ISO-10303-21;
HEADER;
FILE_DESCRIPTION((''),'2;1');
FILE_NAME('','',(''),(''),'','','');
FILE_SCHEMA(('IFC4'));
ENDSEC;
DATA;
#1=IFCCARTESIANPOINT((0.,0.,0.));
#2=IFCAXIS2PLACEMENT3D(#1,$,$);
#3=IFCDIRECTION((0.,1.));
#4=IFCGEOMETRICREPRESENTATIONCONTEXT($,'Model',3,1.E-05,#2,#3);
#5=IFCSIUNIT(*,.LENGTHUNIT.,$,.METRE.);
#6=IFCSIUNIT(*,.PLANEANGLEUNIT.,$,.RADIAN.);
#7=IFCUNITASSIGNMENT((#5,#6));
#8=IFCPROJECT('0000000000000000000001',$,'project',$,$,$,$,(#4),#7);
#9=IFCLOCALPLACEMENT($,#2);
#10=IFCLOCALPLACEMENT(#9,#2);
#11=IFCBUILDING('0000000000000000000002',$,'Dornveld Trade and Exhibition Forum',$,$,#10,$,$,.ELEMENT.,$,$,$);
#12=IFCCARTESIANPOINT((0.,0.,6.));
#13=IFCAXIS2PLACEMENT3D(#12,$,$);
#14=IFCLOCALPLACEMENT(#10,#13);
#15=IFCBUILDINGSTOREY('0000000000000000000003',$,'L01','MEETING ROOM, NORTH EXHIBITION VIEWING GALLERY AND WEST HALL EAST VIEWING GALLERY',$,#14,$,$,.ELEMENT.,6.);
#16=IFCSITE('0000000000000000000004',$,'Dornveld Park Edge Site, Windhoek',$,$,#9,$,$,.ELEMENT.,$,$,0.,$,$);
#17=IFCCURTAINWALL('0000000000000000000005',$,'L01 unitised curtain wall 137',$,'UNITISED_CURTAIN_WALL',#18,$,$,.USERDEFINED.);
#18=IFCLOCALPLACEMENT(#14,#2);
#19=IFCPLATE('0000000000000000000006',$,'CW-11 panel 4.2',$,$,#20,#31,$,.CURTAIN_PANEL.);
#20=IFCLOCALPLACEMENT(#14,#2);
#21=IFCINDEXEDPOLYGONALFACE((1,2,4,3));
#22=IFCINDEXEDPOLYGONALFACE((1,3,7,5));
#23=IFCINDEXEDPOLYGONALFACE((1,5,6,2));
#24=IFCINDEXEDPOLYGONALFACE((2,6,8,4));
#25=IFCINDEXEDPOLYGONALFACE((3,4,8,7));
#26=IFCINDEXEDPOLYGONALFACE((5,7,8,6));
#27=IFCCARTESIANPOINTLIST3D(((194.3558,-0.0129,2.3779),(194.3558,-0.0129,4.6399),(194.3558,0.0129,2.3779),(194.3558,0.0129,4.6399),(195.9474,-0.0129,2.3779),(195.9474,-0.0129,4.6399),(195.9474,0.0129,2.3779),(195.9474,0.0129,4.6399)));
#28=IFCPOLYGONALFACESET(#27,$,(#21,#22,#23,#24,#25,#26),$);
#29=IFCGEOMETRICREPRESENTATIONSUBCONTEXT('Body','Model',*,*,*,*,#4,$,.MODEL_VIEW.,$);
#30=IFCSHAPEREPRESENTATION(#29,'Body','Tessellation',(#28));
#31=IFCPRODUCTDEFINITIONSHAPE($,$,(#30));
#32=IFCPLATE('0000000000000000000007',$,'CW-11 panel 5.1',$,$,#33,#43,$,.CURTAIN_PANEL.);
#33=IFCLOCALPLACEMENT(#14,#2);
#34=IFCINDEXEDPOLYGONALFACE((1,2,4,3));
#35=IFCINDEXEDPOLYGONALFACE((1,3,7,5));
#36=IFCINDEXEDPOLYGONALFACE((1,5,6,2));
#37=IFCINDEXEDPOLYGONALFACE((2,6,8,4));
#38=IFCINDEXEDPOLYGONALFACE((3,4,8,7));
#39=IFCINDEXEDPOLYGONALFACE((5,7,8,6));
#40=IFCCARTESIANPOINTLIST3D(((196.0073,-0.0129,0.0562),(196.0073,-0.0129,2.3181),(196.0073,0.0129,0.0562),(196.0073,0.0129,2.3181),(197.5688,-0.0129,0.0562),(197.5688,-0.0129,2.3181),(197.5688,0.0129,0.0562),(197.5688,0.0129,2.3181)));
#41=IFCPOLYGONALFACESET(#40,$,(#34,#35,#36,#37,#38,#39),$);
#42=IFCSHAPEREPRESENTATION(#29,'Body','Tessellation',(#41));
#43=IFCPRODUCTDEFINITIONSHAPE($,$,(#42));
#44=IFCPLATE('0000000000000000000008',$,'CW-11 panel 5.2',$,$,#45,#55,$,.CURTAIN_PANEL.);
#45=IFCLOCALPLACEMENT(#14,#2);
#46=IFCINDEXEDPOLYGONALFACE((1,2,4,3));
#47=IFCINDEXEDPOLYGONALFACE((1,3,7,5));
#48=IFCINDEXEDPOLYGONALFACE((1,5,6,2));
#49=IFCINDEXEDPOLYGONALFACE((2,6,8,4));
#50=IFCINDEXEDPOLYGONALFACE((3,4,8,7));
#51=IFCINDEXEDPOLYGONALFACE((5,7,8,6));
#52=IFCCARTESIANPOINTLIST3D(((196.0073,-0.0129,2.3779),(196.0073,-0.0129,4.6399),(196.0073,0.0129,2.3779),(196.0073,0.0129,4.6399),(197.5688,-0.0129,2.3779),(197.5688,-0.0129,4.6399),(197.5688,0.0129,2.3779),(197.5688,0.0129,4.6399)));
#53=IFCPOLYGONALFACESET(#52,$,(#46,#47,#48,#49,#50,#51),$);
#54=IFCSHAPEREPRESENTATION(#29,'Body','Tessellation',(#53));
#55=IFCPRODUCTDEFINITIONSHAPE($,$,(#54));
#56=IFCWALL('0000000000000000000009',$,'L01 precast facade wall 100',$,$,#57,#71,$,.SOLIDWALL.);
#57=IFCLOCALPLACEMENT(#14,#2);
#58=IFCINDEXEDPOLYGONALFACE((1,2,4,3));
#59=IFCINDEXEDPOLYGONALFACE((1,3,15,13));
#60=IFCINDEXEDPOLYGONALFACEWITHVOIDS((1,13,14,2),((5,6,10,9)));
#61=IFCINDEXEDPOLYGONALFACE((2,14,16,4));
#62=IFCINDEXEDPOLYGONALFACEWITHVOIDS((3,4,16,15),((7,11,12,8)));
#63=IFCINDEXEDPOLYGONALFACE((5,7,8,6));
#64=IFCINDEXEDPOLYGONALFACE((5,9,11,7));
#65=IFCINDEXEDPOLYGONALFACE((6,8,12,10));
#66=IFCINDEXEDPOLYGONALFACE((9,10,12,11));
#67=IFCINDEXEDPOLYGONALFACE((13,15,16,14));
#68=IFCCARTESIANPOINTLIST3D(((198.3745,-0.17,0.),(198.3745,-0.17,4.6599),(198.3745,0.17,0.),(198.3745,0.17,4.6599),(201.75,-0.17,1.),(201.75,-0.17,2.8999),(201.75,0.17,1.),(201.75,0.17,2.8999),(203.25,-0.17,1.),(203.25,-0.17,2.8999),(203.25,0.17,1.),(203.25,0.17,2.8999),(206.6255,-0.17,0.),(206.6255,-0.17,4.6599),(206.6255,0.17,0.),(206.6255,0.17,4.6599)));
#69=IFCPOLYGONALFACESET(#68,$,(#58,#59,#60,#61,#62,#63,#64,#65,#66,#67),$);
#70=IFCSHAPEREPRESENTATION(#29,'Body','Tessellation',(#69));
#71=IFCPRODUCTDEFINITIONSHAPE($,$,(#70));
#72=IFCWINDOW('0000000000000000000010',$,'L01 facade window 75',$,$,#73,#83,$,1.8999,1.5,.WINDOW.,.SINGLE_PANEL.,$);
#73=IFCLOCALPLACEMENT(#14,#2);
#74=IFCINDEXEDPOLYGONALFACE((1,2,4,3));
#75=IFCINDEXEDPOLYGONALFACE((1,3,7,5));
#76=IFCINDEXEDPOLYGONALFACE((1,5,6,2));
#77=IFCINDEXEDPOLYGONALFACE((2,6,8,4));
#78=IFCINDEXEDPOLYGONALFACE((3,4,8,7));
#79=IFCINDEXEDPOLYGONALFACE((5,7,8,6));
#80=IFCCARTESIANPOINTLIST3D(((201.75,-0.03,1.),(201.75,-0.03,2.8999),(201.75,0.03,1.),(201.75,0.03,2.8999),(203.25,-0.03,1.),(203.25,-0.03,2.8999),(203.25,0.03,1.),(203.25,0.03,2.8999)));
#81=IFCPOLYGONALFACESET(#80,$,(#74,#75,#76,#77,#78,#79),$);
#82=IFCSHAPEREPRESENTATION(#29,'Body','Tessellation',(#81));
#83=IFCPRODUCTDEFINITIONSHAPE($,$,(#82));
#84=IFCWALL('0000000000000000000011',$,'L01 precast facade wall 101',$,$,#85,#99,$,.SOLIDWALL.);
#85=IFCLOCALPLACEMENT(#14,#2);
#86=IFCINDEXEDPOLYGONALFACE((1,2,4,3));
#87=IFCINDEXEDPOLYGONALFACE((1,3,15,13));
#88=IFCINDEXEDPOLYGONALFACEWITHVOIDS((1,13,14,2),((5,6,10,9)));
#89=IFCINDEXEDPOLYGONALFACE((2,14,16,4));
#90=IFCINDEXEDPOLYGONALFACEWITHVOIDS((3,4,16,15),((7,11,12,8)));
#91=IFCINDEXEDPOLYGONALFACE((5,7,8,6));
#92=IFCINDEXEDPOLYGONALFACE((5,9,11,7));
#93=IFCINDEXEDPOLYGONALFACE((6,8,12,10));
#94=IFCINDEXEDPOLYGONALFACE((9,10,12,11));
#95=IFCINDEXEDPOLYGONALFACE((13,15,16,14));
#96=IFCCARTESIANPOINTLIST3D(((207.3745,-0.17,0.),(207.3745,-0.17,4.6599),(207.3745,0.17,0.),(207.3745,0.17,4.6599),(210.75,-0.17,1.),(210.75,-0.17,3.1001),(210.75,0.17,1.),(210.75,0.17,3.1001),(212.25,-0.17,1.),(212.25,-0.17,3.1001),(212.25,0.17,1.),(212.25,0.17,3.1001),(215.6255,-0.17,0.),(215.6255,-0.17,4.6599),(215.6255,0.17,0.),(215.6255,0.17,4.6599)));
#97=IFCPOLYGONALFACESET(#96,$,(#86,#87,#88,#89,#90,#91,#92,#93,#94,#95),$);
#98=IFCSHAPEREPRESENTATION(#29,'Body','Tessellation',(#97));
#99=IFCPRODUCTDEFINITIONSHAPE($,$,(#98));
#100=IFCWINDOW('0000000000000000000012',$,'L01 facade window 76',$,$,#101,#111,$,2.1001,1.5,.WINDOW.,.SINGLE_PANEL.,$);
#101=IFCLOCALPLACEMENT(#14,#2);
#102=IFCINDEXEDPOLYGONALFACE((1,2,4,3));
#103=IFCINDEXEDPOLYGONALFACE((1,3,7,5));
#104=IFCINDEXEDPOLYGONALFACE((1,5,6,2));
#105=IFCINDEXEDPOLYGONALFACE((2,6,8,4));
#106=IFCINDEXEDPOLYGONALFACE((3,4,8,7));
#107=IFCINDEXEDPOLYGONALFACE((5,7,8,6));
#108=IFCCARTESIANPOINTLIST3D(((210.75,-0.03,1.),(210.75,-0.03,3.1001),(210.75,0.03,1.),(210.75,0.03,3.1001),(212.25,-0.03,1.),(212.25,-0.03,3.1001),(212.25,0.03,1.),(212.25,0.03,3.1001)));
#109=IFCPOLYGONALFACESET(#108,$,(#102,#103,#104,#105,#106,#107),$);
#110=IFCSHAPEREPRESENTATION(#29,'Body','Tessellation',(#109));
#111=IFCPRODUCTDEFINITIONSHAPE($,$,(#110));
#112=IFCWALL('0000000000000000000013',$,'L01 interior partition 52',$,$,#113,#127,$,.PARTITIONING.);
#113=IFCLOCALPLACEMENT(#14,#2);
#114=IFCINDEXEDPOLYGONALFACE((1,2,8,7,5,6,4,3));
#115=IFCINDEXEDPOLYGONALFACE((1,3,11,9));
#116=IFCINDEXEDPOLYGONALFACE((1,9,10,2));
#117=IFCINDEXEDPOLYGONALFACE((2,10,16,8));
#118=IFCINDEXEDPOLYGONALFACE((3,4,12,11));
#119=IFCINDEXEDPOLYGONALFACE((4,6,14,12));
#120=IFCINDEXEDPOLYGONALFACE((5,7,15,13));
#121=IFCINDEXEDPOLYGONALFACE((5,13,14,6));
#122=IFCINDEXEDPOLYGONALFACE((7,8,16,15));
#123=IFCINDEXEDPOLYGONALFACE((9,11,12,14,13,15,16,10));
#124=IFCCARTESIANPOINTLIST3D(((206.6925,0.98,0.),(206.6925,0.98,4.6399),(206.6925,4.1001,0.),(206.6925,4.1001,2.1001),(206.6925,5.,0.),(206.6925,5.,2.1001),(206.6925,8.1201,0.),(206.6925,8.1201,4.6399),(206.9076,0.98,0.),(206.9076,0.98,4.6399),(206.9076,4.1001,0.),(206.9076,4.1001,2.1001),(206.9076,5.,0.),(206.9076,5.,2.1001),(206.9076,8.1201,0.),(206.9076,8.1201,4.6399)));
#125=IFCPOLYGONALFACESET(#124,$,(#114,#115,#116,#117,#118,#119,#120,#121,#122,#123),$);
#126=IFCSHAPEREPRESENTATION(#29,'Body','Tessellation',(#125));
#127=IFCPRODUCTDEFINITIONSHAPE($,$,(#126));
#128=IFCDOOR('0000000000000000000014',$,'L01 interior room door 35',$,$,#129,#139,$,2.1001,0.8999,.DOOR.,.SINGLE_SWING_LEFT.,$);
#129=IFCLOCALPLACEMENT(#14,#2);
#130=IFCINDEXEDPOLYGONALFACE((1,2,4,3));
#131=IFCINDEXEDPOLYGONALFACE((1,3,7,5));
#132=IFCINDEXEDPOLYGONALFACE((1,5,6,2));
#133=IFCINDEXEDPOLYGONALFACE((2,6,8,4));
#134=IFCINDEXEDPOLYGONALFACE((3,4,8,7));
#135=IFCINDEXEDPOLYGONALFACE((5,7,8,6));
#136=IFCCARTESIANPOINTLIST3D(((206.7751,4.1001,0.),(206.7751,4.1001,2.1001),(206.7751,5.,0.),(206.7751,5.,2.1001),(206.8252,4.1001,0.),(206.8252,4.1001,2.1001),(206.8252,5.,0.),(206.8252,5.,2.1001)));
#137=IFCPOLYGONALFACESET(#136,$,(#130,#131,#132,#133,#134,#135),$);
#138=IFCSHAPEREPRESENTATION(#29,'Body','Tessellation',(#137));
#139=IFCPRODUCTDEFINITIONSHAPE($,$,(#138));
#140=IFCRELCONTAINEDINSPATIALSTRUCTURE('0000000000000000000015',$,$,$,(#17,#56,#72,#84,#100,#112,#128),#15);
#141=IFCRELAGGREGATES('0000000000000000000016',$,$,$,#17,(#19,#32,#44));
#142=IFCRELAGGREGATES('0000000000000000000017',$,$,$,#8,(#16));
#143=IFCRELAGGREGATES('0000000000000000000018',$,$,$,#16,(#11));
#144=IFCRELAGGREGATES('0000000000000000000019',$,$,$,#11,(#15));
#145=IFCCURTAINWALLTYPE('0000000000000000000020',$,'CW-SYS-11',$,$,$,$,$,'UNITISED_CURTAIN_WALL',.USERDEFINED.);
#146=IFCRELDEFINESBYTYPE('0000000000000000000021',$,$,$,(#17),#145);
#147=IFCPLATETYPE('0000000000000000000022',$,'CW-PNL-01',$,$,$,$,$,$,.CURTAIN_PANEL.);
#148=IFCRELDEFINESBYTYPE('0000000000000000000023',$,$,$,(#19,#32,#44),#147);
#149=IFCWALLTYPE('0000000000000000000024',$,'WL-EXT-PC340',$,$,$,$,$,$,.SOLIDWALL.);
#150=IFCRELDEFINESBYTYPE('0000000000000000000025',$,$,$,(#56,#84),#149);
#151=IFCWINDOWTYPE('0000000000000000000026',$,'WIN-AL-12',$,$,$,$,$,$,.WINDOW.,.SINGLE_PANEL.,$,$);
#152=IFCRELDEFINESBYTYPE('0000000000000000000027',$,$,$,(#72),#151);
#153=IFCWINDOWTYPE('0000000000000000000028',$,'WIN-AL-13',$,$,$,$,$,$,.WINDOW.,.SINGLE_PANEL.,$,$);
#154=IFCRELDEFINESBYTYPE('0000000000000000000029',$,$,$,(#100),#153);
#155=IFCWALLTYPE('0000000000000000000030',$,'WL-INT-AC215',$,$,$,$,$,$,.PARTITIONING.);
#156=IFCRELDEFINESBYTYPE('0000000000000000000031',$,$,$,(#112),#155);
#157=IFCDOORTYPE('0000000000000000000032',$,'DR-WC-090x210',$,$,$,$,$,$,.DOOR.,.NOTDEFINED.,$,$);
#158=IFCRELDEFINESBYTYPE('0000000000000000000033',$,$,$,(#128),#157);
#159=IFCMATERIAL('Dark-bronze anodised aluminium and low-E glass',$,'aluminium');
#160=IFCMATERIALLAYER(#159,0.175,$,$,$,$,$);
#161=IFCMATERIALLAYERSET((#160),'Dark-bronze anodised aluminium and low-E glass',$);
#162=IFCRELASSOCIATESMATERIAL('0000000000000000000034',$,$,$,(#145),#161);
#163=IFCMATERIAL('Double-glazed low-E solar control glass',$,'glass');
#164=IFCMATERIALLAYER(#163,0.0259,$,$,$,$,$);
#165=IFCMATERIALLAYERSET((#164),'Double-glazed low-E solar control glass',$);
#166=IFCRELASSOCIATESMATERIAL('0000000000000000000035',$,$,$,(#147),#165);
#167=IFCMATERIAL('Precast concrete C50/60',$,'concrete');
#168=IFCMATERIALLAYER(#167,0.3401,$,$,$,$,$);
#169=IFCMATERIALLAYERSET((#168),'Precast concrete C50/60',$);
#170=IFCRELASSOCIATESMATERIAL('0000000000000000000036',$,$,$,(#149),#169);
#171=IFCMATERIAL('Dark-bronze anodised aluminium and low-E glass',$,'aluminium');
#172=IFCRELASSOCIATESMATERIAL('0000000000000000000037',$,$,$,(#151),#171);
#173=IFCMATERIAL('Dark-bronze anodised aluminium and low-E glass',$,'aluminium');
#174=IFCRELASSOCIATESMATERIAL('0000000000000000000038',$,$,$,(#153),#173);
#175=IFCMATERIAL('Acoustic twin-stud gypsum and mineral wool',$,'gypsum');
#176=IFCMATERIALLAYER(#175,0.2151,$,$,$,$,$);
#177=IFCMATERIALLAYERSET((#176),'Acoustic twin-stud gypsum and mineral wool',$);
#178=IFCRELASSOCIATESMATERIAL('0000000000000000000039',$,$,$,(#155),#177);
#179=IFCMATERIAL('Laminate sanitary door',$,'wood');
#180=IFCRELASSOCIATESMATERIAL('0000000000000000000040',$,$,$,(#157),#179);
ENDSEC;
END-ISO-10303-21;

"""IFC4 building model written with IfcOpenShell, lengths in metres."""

from ifc_helpers import new_model, si_unit, direction, frame, frame_2d, origin, origin_2d, place, context, subcontext, project, spatial, rectangle, extrude, material, layer, layer_set, type_object, element, fill, aggregate, save


model = new_model("IFC4")

# Units and contexts
model_context = context("Model", 3, precision=1e-05, world=origin(), true_north=direction((0.0, 1.0)))
body_context = subcontext(model_context, "Body", "Model", "MODEL_VIEW")
ifc_project = project(units=[si_unit("LENGTHUNIT", "METRE"), si_unit("PLANEANGLEUNIT", "RADIAN")], contexts=[model_context])

# Site, building, storey
site_placement = place(None, origin())
site = spatial("IfcSite", under=ifc_project, at=site_placement, Name="Dornveld Park Edge Site, Windhoek", CompositionType="ELEMENT", RefElevation=0.0)
building_placement = place(site_placement, origin())
building = spatial("IfcBuilding", under=site, at=building_placement, Name="Dornveld Trade and Exhibition Forum", CompositionType="ELEMENT")
storey_placement = place(building_placement, frame((0.0, 0.0, 6.0)))
storey = spatial("IfcBuildingStorey", under=building, at=storey_placement, Name="L01", Description="MEETING ROOM, NORTH EXHIBITION VIEWING GALLERY AND WEST HALL EAST VIEWING GALLERY", CompositionType="ELEMENT", Elevation=6.0)

# Curtain wall
ifc_material_1 = material(Name="Dark-bronze anodised aluminium and low-E glass", Category="aluminium")
ifc_layer_1 = layer(ifc_material_1, 0.175)
ifc_layer_set_1 = layer_set([ifc_layer_1], Name="Dark-bronze anodised aluminium and low-E glass")
curtain_wall_type = type_object("IfcCurtainWallType", Name="CW-SYS-11", ElementType="UNITISED_CURTAIN_WALL", PredefinedType="USERDEFINED", material=ifc_layer_set_1)
curtain_wall_placement = place(storey_placement, origin())
curtain_wall = element("IfcCurtainWall", 1, at=curtain_wall_placement, inside=storey, type_object=curtain_wall_type, Name="L01 unitised curtain wall 137", ObjectType="UNITISED_CURTAIN_WALL", PredefinedType="USERDEFINED")

# Plates
ifc_material_2 = material(Name="Double-glazed low-E solar control glass", Category="glass")
ifc_layer_2 = layer(ifc_material_2, 0.0259)
ifc_layer_set_2 = layer_set([ifc_layer_2], Name="Double-glazed low-E solar control glass")
plate_type = type_object("IfcPlateType", Name="CW-PNL-01", PredefinedType="CURTAIN_PANEL", material=ifc_layer_set_2)
plate_1_placement = place(storey_placement, frame((195.1516, 0.0, 2.3779), z_axis=(0.0, 0.0, 1.0), x_axis=(1.0, 0.0, 0.0)))
plate_1 = element("IfcPlate", 2, at=plate_1_placement, type_object=plate_type, Name="CW-11 panel 4.2", PredefinedType="CURTAIN_PANEL", context=body_context, shape_type="SweptSolid", body=[
    extrude(rectangle(XDim=1.5916, YDim=0.0259, at=origin_2d()), origin(), (0.0, 0.0, 1.0), 2.262),
])
plate_2_placement = place(storey_placement, frame((196.7881, 0.0, 0.0562), z_axis=(0.0, 0.0, 1.0), x_axis=(1.0, 0.0, 0.0)))
plate_2 = element("IfcPlate", 3, at=plate_2_placement, type_object=plate_type, Name="CW-11 panel 5.1", PredefinedType="CURTAIN_PANEL", context=body_context, shape_type="SweptSolid", body=[
    extrude(rectangle(XDim=1.5615, YDim=0.0259, at=origin_2d()), origin(), (0.0, 0.0, 1.0), 2.262),
])
plate_3_placement = place(storey_placement, frame((196.7881, 0.0, 2.3779), z_axis=(0.0, 0.0, 1.0), x_axis=(1.0, 0.0, 0.0)))
plate_3 = element("IfcPlate", 4, at=plate_3_placement, type_object=plate_type, Name="CW-11 panel 5.2", PredefinedType="CURTAIN_PANEL", context=body_context, shape_type="SweptSolid", body=[
    extrude(rectangle(XDim=1.5615, YDim=0.0259, at=origin_2d()), origin(), (0.0, 0.0, 1.0), 2.262),
])
aggregate(curtain_wall, [plate_1, plate_2, plate_3])

# Walls, openings, windows
ifc_material_3 = material(Name="Precast concrete C50/60", Category="concrete")
ifc_layer_3 = layer(ifc_material_3, 0.3401)
ifc_layer_set_3 = layer_set([ifc_layer_3], Name="Precast concrete C50/60")
wall_type_1 = type_object("IfcWallType", Name="WL-EXT-PC340", PredefinedType="SOLIDWALL", material=ifc_layer_set_3)
wall_1_placement = place(storey_placement, frame((198.3745, 0.0, 0.0), z_axis=(0.0, 0.0, 1.0), x_axis=(1.0, 0.0, 0.0)))
wall_1 = element("IfcWall", 5, at=wall_1_placement, inside=storey, type_object=wall_type_1, Name="L01 precast facade wall 100", PredefinedType="SOLIDWALL", context=body_context, shape_type="SweptSolid", body=[
    extrude(rectangle(XDim=8.251, YDim=0.3401, at=frame_2d((4.1255, 0.0))), origin(), (0.0, 0.0, 1.0), 4.6599),
])
opening_1_placement = place(wall_1_placement, frame((3.3755, 0.0, 1.0)))
opening_1 = element("IfcOpeningElement", 6, at=opening_1_placement, cuts=wall_1, PredefinedType="OPENING", context=body_context, shape_type="SweptSolid", body=[
    extrude(rectangle(XDim=1.5, YDim=1.8999, at=frame_2d((0.75, 0.95))), frame((0.0, 0.1799, 0.0), z_axis=(0.0, -1.0, 0.0), x_axis=(1.0, 0.0, 0.0)), (0.0, 0.0, 1.0), 0.3601),
])
ifc_material_4 = material(Name="Dark-bronze anodised aluminium and low-E glass", Category="aluminium")
window_type_1 = type_object("IfcWindowType", Name="WIN-AL-12", PartitioningType="SINGLE_PANEL", PredefinedType="WINDOW", material=ifc_material_4)
window_1_placement = place(opening_1_placement, origin())
window_1 = element("IfcWindow", 7, at=window_1_placement, inside=storey, type_object=window_type_1, Name="L01 facade window 75", OverallHeight=1.8999, OverallWidth=1.5, PartitioningType="SINGLE_PANEL", PredefinedType="WINDOW", context=body_context, shape_type="SweptSolid", body=[
    extrude(rectangle(XDim=1.5, YDim=1.8999, at=frame_2d((0.75, 0.95))), frame((0.0, 0.03, 0.0), z_axis=(0.0, -1.0, 0.0), x_axis=(1.0, 0.0, 0.0)), (0.0, 0.0, 1.0), 0.0601),
])
fill(opening_1, window_1)
wall_2_placement = place(storey_placement, frame((207.3745, 0.0, 0.0), z_axis=(0.0, 0.0, 1.0), x_axis=(1.0, 0.0, 0.0)))
wall_2 = element("IfcWall", 8, at=wall_2_placement, inside=storey, type_object=wall_type_1, Name="L01 precast facade wall 101", PredefinedType="SOLIDWALL", context=body_context, shape_type="SweptSolid", body=[
    extrude(rectangle(XDim=8.251, YDim=0.3401, at=frame_2d((4.1255, 0.0))), origin(), (0.0, 0.0, 1.0), 4.6599),
])
opening_2_placement = place(wall_2_placement, frame((3.3755, 0.0, 1.0)))
opening_2 = element("IfcOpeningElement", 9, at=opening_2_placement, cuts=wall_2, PredefinedType="OPENING", context=body_context, shape_type="SweptSolid", body=[
    extrude(rectangle(XDim=1.5, YDim=2.1001, at=frame_2d((0.75, 1.05))), frame((0.0, 0.1799, 0.0), z_axis=(0.0, -1.0, 0.0), x_axis=(1.0, 0.0, 0.0)), (0.0, 0.0, 1.0), 0.3601),
])
ifc_material_5 = material(Name="Dark-bronze anodised aluminium and low-E glass", Category="aluminium")
window_type_2 = type_object("IfcWindowType", Name="WIN-AL-13", PartitioningType="SINGLE_PANEL", PredefinedType="WINDOW", material=ifc_material_5)
window_2_placement = place(opening_2_placement, origin())
window_2 = element("IfcWindow", 10, at=window_2_placement, inside=storey, type_object=window_type_2, Name="L01 facade window 76", OverallHeight=2.1001, OverallWidth=1.5, PartitioningType="SINGLE_PANEL", PredefinedType="WINDOW", context=body_context, shape_type="SweptSolid", body=[
    extrude(rectangle(XDim=1.5, YDim=2.1001, at=frame_2d((0.75, 1.05))), frame((0.0, 0.03, 0.0), z_axis=(0.0, -1.0, 0.0), x_axis=(1.0, 0.0, 0.0)), (0.0, 0.0, 1.0), 0.0601),
])
fill(opening_2, window_2)

# Wall, opening, door
ifc_material_6 = material(Name="Acoustic twin-stud gypsum and mineral wool", Category="gypsum")
ifc_layer_4 = layer(ifc_material_6, 0.2151)
ifc_layer_set_4 = layer_set([ifc_layer_4], Name="Acoustic twin-stud gypsum and mineral wool")
wall_type_2 = type_object("IfcWallType", Name="WL-INT-AC215", PredefinedType="PARTITIONING", material=ifc_layer_set_4)
wall_3_placement = place(storey_placement, frame((206.8, 0.98, 0.0), z_axis=(0.0, 0.0, 1.0), x_axis=(0.0, 1.0, 0.0)))
wall_3 = element("IfcWall", 11, at=wall_3_placement, inside=storey, type_object=wall_type_2, Name="L01 interior partition 52", PredefinedType="PARTITIONING", context=body_context, shape_type="SweptSolid", body=[
    extrude(rectangle(XDim=7.1401, YDim=0.2151, at=frame_2d((3.5701, 0.0))), origin(), (0.0, 0.0, 1.0), 4.6399),
])
opening_3_placement = place(wall_3_placement, frame((3.1201, 0.0, 0.0)))
opening_3 = element("IfcOpeningElement", 12, at=opening_3_placement, cuts=wall_3, PredefinedType="OPENING", context=body_context, shape_type="SweptSolid", body=[
    extrude(rectangle(XDim=0.8999, YDim=2.1001, at=frame_2d((0.45, 1.05))), frame((0.0, 0.1174, 0.0), z_axis=(0.0, -1.0, 0.0), x_axis=(1.0, 0.0, 0.0)), (0.0, 0.0, 1.0), 0.2351),
])
ifc_material_7 = material(Name="Laminate sanitary door", Category="wood")
door_type = type_object("IfcDoorType", Name="DR-WC-090x210", OperationType="NOTDEFINED", PredefinedType="DOOR", material=ifc_material_7)
door_placement = place(opening_3_placement, origin())
door = element("IfcDoor", 13, at=door_placement, inside=storey, type_object=door_type, Name="L01 interior room door 35", OperationType="SINGLE_SWING_LEFT", OverallHeight=2.1001, OverallWidth=0.8999, PredefinedType="DOOR", context=body_context, shape_type="SweptSolid", body=[
    extrude(rectangle(XDim=0.8999, YDim=2.1001, at=frame_2d((0.45, 1.05))), frame((0.0, 0.0249, 0.0), z_axis=(0.0, -1.0, 0.0), x_axis=(1.0, 0.0, 0.0)), (0.0, 0.0, 1.0), 0.05),
])
fill(opening_3, door)

save(model, "model.ifc")
